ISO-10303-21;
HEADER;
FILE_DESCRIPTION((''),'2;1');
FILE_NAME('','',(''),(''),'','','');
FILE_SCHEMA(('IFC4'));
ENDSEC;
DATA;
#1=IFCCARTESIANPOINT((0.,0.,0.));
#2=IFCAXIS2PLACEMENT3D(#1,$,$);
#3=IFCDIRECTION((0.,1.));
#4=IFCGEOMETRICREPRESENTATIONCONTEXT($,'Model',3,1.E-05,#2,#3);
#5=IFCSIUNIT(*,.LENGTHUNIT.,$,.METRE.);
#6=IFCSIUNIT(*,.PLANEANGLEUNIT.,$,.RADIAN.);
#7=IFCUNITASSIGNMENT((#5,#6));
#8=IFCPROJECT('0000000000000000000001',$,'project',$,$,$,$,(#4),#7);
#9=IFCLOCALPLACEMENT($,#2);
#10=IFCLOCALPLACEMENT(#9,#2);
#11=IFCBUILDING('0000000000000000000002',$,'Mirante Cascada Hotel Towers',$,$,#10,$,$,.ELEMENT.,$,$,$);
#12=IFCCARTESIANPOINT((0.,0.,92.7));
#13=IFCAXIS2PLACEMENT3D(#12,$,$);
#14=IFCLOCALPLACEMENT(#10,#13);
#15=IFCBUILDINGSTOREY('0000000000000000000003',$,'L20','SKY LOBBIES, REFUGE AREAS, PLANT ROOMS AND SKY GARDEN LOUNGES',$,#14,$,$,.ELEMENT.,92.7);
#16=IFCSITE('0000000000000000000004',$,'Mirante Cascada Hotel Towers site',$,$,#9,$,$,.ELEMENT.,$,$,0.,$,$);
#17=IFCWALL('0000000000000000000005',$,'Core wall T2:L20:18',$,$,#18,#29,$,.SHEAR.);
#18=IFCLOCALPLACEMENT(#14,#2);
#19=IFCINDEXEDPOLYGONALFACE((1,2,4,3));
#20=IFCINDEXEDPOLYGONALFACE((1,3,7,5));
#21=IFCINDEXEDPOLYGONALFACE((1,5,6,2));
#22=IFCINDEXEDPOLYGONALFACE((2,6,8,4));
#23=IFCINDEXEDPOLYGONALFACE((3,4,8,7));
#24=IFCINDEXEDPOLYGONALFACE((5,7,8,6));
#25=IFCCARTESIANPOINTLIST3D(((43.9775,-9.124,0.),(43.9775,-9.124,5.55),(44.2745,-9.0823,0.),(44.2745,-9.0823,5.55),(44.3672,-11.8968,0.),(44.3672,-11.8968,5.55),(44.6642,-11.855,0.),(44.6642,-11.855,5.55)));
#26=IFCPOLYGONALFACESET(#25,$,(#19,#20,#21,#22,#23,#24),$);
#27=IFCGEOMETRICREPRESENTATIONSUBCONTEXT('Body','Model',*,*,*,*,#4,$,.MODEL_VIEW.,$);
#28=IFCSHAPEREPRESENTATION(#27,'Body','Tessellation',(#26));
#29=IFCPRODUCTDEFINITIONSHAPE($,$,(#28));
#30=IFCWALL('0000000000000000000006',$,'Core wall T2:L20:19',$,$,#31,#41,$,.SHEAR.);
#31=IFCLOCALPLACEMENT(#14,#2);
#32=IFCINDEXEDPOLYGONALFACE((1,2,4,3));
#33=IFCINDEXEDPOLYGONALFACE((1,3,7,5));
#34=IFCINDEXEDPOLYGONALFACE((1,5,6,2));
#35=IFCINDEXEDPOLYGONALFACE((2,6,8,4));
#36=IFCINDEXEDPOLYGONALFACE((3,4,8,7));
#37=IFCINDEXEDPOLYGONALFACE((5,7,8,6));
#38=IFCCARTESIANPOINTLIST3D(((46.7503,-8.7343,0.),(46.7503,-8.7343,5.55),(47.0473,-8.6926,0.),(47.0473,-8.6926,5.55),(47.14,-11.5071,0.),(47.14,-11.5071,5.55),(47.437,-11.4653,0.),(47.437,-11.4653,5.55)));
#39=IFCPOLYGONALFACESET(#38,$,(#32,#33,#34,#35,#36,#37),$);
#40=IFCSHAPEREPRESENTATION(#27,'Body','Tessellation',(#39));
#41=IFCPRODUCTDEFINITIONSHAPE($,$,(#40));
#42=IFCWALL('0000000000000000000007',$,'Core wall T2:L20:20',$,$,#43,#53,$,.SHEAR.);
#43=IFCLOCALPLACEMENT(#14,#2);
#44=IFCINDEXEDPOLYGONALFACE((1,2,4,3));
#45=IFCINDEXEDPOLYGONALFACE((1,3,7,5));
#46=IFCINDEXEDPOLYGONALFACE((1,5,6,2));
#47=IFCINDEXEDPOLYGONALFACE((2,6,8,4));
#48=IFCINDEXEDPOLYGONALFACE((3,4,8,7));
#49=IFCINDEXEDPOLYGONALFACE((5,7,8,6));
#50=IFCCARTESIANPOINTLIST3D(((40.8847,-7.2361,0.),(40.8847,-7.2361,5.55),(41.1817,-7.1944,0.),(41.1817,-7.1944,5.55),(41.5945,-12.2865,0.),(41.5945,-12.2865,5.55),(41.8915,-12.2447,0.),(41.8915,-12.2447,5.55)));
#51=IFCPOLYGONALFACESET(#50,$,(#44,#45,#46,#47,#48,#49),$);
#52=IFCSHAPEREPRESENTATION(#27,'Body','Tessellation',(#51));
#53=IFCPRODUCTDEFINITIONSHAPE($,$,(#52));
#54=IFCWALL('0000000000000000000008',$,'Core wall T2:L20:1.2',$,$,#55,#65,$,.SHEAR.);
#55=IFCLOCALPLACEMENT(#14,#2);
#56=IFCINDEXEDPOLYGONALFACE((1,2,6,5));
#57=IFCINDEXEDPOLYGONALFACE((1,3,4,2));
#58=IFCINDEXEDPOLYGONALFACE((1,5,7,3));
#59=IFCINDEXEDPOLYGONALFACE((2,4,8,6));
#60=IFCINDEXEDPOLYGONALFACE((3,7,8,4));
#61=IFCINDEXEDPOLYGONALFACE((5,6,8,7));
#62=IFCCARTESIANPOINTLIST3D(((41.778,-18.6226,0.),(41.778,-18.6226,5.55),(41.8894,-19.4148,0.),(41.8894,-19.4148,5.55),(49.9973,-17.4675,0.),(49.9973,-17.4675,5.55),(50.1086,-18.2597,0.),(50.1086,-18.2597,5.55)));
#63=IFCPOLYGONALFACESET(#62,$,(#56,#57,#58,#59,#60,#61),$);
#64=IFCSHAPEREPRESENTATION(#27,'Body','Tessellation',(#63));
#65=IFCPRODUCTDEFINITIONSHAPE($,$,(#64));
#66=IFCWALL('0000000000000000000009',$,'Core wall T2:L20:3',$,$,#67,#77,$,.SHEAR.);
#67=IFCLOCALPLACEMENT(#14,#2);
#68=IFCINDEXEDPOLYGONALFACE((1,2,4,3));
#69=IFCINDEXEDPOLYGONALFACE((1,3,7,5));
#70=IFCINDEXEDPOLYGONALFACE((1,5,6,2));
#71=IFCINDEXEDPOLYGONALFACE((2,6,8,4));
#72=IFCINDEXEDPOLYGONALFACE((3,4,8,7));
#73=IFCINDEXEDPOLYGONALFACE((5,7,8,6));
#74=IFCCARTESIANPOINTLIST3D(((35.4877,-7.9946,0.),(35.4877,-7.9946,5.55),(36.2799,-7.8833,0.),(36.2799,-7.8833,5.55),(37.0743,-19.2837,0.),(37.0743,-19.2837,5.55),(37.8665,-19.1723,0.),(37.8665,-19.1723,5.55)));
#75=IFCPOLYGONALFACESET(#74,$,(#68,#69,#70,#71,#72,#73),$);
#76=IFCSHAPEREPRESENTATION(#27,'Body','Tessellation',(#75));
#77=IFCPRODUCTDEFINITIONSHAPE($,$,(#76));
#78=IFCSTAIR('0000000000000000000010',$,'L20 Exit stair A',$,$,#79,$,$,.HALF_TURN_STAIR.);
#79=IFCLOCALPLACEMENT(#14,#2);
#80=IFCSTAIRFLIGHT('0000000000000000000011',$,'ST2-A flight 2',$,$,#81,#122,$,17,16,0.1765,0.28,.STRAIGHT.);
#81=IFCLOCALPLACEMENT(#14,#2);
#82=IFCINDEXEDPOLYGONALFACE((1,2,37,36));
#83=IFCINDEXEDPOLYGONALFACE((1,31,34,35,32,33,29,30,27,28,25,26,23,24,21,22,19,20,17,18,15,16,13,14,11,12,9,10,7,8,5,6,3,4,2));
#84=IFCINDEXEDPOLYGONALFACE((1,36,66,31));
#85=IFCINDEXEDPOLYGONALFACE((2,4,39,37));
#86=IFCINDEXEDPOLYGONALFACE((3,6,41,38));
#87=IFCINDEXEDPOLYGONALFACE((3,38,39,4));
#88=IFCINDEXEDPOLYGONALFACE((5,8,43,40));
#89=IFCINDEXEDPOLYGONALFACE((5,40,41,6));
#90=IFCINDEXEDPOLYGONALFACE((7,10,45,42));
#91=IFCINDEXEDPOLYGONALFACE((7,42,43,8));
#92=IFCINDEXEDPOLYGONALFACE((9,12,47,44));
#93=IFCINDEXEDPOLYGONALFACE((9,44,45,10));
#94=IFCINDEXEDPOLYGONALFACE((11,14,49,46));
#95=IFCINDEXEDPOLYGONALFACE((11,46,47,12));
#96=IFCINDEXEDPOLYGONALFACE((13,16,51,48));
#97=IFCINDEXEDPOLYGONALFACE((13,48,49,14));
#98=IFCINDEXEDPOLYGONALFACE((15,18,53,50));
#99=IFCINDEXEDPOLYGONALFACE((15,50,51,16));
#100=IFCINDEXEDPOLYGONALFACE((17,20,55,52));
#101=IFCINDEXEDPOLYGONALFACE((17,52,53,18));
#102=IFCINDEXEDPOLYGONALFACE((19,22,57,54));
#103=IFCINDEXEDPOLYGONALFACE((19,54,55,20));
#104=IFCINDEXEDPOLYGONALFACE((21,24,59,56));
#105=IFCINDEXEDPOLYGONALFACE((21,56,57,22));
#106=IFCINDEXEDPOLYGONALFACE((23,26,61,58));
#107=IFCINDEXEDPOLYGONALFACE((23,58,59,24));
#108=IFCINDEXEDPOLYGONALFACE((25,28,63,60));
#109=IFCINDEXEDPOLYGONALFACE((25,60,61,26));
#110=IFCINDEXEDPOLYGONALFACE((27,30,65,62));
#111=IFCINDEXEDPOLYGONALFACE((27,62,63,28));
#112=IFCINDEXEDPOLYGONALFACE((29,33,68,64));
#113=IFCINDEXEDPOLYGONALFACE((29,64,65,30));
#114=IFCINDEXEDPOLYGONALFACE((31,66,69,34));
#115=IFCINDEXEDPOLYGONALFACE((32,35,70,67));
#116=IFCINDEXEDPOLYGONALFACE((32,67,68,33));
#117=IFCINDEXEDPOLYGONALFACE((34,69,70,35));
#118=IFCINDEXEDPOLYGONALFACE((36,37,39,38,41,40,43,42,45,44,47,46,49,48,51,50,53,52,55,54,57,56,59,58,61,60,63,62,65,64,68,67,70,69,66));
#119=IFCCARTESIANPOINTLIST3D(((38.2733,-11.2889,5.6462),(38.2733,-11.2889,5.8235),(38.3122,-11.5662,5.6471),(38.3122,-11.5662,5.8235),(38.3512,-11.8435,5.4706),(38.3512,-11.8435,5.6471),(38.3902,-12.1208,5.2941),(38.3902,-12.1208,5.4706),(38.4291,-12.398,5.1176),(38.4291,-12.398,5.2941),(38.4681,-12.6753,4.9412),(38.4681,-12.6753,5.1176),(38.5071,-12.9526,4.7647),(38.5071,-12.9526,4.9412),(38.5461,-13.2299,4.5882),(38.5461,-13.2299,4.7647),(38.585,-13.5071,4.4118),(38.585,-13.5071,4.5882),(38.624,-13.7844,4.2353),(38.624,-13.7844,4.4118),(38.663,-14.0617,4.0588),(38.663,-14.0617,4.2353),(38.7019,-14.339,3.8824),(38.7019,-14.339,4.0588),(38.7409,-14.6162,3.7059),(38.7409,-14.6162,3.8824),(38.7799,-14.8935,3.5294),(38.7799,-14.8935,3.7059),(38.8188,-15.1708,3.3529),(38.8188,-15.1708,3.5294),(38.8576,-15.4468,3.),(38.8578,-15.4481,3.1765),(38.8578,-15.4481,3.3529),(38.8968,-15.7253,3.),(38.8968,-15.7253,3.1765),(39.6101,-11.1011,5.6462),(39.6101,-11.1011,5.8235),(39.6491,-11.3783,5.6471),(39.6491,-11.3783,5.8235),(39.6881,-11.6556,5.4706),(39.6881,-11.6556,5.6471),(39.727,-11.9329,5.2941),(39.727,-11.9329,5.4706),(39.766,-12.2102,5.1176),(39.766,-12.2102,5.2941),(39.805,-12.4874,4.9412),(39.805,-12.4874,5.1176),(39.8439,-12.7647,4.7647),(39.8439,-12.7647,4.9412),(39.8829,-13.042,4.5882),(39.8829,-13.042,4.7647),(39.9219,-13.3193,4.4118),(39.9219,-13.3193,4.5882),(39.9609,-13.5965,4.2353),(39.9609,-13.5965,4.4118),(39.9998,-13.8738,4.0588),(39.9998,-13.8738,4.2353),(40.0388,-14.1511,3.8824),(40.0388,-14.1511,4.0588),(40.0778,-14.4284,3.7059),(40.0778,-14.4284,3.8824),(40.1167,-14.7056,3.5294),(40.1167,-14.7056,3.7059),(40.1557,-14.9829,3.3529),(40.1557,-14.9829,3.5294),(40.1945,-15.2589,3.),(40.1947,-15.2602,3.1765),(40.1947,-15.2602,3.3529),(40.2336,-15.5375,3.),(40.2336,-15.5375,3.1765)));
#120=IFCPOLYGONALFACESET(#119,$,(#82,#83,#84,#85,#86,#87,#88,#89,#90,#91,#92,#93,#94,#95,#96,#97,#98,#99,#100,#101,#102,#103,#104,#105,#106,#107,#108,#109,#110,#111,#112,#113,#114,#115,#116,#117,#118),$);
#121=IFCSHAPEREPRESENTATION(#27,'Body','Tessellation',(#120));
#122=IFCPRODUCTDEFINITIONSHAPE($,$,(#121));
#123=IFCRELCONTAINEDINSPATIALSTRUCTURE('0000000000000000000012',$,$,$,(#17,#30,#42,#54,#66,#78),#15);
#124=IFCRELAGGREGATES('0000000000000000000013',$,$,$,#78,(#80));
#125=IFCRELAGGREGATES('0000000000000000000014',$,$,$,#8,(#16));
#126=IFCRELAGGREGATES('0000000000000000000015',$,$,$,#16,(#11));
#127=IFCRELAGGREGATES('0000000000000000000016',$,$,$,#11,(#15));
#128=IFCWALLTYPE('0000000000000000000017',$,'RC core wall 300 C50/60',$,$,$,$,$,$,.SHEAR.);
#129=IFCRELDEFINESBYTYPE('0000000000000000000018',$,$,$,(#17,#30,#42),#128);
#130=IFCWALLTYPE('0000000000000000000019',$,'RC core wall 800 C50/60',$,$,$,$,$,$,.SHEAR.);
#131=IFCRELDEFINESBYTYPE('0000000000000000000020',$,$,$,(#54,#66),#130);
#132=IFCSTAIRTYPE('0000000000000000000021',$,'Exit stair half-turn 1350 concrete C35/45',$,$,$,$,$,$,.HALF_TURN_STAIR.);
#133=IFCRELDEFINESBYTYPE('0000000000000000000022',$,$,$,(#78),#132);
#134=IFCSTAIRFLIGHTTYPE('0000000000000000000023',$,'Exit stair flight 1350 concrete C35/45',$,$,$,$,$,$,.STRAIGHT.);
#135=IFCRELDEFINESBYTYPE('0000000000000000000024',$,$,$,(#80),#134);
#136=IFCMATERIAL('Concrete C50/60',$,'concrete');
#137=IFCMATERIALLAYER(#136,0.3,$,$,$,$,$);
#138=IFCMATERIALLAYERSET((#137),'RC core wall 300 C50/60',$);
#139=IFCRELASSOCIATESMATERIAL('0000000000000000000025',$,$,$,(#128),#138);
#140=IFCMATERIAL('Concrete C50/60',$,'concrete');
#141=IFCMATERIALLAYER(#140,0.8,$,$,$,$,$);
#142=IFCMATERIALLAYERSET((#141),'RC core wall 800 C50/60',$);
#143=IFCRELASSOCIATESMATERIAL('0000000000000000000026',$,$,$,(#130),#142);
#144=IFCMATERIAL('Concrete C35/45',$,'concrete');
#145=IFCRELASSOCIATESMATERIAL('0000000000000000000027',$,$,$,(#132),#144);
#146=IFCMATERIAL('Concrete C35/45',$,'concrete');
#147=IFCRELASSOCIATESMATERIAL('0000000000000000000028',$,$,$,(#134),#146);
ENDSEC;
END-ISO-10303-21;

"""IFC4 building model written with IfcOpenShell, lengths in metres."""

from ifc_helpers import new_model, si_unit, direction, frame, frame_2d, origin, place, context, subcontext, project, spatial, polyline, rectangle, outline, extrude, material, layer, layer_set, type_object, element, aggregate, save


model = new_model("IFC4")

# Units and contexts
model_context = context("Model", 3, precision=1e-05, world=origin(), true_north=direction((0.0, 1.0)))
body_context = subcontext(model_context, "Body", "Model", "MODEL_VIEW")
ifc_project = project(units=[si_unit("LENGTHUNIT", "METRE"), si_unit("PLANEANGLEUNIT", "RADIAN")], contexts=[model_context])

# Site, building, storey
site_placement = place(None, origin())
site = spatial("IfcSite", under=ifc_project, at=site_placement, Name="Mirante Cascada Hotel Towers site", CompositionType="ELEMENT", RefElevation=0.0)
building_placement = place(site_placement, origin())
building = spatial("IfcBuilding", under=site, at=building_placement, Name="Mirante Cascada Hotel Towers", CompositionType="ELEMENT")
storey_placement = place(building_placement, frame((0.0, 0.0, 92.7)))
storey = spatial("IfcBuildingStorey", under=building, at=storey_placement, Name="L20", Description="SKY LOBBIES, REFUGE AREAS, PLANT ROOMS AND SKY GARDEN LOUNGES", CompositionType="ELEMENT", Elevation=92.7)

# Shared definitions
ifc_material_1 = material(Name="Concrete C50/60", Category="concrete")
ifc_layer_1 = layer(ifc_material_1, 0.3)
ifc_layer_set_1 = layer_set([ifc_layer_1], Name="RC core wall 300 C50/60")
wall_type_1 = type_object("IfcWallType", Name="RC core wall 300 C50/60", PredefinedType="SHEAR", material=ifc_layer_set_1)

# Walls
for number, where, z_axis, x_axis, name in (
    (1, (44.5157, -11.8759, 0.0), (0.0, 0.0, 1.0), (-0.139181, 0.990267, 0.0), "Core wall T2:L20:18"),
    (2, (47.2885, -11.4862, 0.0), (0.0, 0.0, 1.0), (-0.139181, 0.990267, 0.0), "Core wall T2:L20:19"),
):
    element("IfcWall", number, at=place(storey_placement, frame(where, z_axis=z_axis, x_axis=x_axis)), inside=storey, type_object=wall_type_1, Name=name, PredefinedType="SHEAR", context=body_context, shape_type="SweptSolid", body=[
        extrude(rectangle(XDim=2.8, YDim=0.3, at=frame_2d((1.4, 0.0))), origin(), (0.0, 0.0, 1.0), 5.55),
    ])
wall_1_placement = place(storey_placement, frame((41.743, -12.2656, 0.0), z_axis=(0.0, 0.0, 1.0), x_axis=(-0.139176, 0.990268, 0.0)))
element("IfcWall", 3, at=wall_1_placement, inside=storey, type_object=wall_type_1, Name="Core wall T2:L20:20", PredefinedType="SHEAR", context=body_context, shape_type="SweptSolid", body=[
    extrude(rectangle(XDim=5.1, YDim=0.3, at=frame_2d((2.55, 0.0))), origin(), (0.0, 0.0, 1.0), 5.55),
])
ifc_material_2 = material(Name="Concrete C50/60", Category="concrete")
ifc_layer_2 = layer(ifc_material_2, 0.8)
ifc_layer_set_2 = layer_set([ifc_layer_2], Name="RC core wall 800 C50/60")
wall_type_2 = type_object("IfcWallType", Name="RC core wall 800 C50/60", PredefinedType="SHEAR", material=ifc_layer_set_2)
wall_2_placement = place(storey_placement, frame((41.8337, -19.0187, 0.0), z_axis=(0.0, 0.0, 1.0), x_axis=(0.990269, 0.139169, 0.0)))
element("IfcWall", 4, at=wall_2_placement, inside=storey, type_object=wall_type_2, Name="Core wall T2:L20:1.2", PredefinedType="SHEAR", context=body_context, shape_type="SweptSolid", body=[
    extrude(rectangle(XDim=8.3, YDim=0.8, at=frame_2d((4.15, 0.0))), origin(), (0.0, 0.0, 1.0), 5.55),
])
wall_3_placement = place(storey_placement, frame((37.4704, -19.228, 0.0), z_axis=(0.0, 0.0, 1.0), x_axis=(-0.139175, 0.990268, 0.0)))
element("IfcWall", 5, at=wall_3_placement, inside=storey, type_object=wall_type_2, Name="Core wall T2:L20:3", PredefinedType="SHEAR", context=body_context, shape_type="SweptSolid", body=[
    extrude(rectangle(XDim=11.4, YDim=0.8, at=frame_2d((5.7, 0.0))), origin(), (0.0, 0.0, 1.0), 5.55),
])

# Stair, stair flight
ifc_material_3 = material(Name="Concrete C35/45", Category="concrete")
stair_type = type_object("IfcStairType", Name="Exit stair half-turn 1350 concrete C35/45", PredefinedType="HALF_TURN_STAIR", material=ifc_material_3)
stair_placement = place(storey_placement, origin())
stair = element("IfcStair", 6, at=stair_placement, inside=storey, type_object=stair_type, Name="L20 Exit stair A", PredefinedType="HALF_TURN_STAIR")
ifc_material_4 = material(Name="Concrete C35/45", Category="concrete")
stair_flight_type = type_object("IfcStairFlightType", Name="Exit stair flight 1350 concrete C35/45", PredefinedType="STRAIGHT", material=ifc_material_4)
stair_flight_placement = place(storey_placement, frame((39.5652, -15.6314, 3.0), z_axis=(0.0, 0.0, 1.0), x_axis=(-0.139173, 0.990268, 0.0)))
stair_flight = element("IfcStairFlight", 7, at=stair_flight_placement, type_object=stair_flight_type, Name="ST2-A flight 2", NumberOfRisers=17, NumberOfTreads=16, PredefinedType="STRAIGHT", RiserHeight=0.1765, TreadLength=0.28, context=body_context, shape_type="SweptSolid", body=[
    extrude(outline(polyline([(0.0, 0.0), (0.0, 0.1765), (0.28, 0.1765), (0.28, 0.3529), (0.56, 0.3529), (0.56, 0.5294), (0.84, 0.5294), (0.84, 0.7059), (1.12, 0.7059), (1.12, 0.8824), (1.4, 0.8824), (1.4, 1.0588), (1.68, 1.0588), (1.68, 1.2353), (1.96, 1.2353), (1.96, 1.4118), (2.24, 1.4118), (2.24, 1.5882), (2.52, 1.5882), (2.52, 1.7647), (2.8, 1.7647), (2.8, 1.9412), (3.08, 1.9412), (3.08, 2.1176), (3.36, 2.1176), (3.36, 2.2941), (3.64, 2.2941), (3.64, 2.4706), (3.92, 2.4706), (3.92, 2.6471), (4.2, 2.6471), (4.2, 2.8235), (4.48, 2.8235), (4.48, 3.0), (4.48, 2.6462), (0.2813, 0.0), (0.0, 0.0)])), frame((0.0, 0.675, 0.0), z_axis=(0.0, -1.0, 0.0), x_axis=(1.0, 0.0, 0.0)), (0.0, 0.0, 1.0), 1.35),
])
aggregate(stair, [stair_flight])

save(model, "model.ifc")
